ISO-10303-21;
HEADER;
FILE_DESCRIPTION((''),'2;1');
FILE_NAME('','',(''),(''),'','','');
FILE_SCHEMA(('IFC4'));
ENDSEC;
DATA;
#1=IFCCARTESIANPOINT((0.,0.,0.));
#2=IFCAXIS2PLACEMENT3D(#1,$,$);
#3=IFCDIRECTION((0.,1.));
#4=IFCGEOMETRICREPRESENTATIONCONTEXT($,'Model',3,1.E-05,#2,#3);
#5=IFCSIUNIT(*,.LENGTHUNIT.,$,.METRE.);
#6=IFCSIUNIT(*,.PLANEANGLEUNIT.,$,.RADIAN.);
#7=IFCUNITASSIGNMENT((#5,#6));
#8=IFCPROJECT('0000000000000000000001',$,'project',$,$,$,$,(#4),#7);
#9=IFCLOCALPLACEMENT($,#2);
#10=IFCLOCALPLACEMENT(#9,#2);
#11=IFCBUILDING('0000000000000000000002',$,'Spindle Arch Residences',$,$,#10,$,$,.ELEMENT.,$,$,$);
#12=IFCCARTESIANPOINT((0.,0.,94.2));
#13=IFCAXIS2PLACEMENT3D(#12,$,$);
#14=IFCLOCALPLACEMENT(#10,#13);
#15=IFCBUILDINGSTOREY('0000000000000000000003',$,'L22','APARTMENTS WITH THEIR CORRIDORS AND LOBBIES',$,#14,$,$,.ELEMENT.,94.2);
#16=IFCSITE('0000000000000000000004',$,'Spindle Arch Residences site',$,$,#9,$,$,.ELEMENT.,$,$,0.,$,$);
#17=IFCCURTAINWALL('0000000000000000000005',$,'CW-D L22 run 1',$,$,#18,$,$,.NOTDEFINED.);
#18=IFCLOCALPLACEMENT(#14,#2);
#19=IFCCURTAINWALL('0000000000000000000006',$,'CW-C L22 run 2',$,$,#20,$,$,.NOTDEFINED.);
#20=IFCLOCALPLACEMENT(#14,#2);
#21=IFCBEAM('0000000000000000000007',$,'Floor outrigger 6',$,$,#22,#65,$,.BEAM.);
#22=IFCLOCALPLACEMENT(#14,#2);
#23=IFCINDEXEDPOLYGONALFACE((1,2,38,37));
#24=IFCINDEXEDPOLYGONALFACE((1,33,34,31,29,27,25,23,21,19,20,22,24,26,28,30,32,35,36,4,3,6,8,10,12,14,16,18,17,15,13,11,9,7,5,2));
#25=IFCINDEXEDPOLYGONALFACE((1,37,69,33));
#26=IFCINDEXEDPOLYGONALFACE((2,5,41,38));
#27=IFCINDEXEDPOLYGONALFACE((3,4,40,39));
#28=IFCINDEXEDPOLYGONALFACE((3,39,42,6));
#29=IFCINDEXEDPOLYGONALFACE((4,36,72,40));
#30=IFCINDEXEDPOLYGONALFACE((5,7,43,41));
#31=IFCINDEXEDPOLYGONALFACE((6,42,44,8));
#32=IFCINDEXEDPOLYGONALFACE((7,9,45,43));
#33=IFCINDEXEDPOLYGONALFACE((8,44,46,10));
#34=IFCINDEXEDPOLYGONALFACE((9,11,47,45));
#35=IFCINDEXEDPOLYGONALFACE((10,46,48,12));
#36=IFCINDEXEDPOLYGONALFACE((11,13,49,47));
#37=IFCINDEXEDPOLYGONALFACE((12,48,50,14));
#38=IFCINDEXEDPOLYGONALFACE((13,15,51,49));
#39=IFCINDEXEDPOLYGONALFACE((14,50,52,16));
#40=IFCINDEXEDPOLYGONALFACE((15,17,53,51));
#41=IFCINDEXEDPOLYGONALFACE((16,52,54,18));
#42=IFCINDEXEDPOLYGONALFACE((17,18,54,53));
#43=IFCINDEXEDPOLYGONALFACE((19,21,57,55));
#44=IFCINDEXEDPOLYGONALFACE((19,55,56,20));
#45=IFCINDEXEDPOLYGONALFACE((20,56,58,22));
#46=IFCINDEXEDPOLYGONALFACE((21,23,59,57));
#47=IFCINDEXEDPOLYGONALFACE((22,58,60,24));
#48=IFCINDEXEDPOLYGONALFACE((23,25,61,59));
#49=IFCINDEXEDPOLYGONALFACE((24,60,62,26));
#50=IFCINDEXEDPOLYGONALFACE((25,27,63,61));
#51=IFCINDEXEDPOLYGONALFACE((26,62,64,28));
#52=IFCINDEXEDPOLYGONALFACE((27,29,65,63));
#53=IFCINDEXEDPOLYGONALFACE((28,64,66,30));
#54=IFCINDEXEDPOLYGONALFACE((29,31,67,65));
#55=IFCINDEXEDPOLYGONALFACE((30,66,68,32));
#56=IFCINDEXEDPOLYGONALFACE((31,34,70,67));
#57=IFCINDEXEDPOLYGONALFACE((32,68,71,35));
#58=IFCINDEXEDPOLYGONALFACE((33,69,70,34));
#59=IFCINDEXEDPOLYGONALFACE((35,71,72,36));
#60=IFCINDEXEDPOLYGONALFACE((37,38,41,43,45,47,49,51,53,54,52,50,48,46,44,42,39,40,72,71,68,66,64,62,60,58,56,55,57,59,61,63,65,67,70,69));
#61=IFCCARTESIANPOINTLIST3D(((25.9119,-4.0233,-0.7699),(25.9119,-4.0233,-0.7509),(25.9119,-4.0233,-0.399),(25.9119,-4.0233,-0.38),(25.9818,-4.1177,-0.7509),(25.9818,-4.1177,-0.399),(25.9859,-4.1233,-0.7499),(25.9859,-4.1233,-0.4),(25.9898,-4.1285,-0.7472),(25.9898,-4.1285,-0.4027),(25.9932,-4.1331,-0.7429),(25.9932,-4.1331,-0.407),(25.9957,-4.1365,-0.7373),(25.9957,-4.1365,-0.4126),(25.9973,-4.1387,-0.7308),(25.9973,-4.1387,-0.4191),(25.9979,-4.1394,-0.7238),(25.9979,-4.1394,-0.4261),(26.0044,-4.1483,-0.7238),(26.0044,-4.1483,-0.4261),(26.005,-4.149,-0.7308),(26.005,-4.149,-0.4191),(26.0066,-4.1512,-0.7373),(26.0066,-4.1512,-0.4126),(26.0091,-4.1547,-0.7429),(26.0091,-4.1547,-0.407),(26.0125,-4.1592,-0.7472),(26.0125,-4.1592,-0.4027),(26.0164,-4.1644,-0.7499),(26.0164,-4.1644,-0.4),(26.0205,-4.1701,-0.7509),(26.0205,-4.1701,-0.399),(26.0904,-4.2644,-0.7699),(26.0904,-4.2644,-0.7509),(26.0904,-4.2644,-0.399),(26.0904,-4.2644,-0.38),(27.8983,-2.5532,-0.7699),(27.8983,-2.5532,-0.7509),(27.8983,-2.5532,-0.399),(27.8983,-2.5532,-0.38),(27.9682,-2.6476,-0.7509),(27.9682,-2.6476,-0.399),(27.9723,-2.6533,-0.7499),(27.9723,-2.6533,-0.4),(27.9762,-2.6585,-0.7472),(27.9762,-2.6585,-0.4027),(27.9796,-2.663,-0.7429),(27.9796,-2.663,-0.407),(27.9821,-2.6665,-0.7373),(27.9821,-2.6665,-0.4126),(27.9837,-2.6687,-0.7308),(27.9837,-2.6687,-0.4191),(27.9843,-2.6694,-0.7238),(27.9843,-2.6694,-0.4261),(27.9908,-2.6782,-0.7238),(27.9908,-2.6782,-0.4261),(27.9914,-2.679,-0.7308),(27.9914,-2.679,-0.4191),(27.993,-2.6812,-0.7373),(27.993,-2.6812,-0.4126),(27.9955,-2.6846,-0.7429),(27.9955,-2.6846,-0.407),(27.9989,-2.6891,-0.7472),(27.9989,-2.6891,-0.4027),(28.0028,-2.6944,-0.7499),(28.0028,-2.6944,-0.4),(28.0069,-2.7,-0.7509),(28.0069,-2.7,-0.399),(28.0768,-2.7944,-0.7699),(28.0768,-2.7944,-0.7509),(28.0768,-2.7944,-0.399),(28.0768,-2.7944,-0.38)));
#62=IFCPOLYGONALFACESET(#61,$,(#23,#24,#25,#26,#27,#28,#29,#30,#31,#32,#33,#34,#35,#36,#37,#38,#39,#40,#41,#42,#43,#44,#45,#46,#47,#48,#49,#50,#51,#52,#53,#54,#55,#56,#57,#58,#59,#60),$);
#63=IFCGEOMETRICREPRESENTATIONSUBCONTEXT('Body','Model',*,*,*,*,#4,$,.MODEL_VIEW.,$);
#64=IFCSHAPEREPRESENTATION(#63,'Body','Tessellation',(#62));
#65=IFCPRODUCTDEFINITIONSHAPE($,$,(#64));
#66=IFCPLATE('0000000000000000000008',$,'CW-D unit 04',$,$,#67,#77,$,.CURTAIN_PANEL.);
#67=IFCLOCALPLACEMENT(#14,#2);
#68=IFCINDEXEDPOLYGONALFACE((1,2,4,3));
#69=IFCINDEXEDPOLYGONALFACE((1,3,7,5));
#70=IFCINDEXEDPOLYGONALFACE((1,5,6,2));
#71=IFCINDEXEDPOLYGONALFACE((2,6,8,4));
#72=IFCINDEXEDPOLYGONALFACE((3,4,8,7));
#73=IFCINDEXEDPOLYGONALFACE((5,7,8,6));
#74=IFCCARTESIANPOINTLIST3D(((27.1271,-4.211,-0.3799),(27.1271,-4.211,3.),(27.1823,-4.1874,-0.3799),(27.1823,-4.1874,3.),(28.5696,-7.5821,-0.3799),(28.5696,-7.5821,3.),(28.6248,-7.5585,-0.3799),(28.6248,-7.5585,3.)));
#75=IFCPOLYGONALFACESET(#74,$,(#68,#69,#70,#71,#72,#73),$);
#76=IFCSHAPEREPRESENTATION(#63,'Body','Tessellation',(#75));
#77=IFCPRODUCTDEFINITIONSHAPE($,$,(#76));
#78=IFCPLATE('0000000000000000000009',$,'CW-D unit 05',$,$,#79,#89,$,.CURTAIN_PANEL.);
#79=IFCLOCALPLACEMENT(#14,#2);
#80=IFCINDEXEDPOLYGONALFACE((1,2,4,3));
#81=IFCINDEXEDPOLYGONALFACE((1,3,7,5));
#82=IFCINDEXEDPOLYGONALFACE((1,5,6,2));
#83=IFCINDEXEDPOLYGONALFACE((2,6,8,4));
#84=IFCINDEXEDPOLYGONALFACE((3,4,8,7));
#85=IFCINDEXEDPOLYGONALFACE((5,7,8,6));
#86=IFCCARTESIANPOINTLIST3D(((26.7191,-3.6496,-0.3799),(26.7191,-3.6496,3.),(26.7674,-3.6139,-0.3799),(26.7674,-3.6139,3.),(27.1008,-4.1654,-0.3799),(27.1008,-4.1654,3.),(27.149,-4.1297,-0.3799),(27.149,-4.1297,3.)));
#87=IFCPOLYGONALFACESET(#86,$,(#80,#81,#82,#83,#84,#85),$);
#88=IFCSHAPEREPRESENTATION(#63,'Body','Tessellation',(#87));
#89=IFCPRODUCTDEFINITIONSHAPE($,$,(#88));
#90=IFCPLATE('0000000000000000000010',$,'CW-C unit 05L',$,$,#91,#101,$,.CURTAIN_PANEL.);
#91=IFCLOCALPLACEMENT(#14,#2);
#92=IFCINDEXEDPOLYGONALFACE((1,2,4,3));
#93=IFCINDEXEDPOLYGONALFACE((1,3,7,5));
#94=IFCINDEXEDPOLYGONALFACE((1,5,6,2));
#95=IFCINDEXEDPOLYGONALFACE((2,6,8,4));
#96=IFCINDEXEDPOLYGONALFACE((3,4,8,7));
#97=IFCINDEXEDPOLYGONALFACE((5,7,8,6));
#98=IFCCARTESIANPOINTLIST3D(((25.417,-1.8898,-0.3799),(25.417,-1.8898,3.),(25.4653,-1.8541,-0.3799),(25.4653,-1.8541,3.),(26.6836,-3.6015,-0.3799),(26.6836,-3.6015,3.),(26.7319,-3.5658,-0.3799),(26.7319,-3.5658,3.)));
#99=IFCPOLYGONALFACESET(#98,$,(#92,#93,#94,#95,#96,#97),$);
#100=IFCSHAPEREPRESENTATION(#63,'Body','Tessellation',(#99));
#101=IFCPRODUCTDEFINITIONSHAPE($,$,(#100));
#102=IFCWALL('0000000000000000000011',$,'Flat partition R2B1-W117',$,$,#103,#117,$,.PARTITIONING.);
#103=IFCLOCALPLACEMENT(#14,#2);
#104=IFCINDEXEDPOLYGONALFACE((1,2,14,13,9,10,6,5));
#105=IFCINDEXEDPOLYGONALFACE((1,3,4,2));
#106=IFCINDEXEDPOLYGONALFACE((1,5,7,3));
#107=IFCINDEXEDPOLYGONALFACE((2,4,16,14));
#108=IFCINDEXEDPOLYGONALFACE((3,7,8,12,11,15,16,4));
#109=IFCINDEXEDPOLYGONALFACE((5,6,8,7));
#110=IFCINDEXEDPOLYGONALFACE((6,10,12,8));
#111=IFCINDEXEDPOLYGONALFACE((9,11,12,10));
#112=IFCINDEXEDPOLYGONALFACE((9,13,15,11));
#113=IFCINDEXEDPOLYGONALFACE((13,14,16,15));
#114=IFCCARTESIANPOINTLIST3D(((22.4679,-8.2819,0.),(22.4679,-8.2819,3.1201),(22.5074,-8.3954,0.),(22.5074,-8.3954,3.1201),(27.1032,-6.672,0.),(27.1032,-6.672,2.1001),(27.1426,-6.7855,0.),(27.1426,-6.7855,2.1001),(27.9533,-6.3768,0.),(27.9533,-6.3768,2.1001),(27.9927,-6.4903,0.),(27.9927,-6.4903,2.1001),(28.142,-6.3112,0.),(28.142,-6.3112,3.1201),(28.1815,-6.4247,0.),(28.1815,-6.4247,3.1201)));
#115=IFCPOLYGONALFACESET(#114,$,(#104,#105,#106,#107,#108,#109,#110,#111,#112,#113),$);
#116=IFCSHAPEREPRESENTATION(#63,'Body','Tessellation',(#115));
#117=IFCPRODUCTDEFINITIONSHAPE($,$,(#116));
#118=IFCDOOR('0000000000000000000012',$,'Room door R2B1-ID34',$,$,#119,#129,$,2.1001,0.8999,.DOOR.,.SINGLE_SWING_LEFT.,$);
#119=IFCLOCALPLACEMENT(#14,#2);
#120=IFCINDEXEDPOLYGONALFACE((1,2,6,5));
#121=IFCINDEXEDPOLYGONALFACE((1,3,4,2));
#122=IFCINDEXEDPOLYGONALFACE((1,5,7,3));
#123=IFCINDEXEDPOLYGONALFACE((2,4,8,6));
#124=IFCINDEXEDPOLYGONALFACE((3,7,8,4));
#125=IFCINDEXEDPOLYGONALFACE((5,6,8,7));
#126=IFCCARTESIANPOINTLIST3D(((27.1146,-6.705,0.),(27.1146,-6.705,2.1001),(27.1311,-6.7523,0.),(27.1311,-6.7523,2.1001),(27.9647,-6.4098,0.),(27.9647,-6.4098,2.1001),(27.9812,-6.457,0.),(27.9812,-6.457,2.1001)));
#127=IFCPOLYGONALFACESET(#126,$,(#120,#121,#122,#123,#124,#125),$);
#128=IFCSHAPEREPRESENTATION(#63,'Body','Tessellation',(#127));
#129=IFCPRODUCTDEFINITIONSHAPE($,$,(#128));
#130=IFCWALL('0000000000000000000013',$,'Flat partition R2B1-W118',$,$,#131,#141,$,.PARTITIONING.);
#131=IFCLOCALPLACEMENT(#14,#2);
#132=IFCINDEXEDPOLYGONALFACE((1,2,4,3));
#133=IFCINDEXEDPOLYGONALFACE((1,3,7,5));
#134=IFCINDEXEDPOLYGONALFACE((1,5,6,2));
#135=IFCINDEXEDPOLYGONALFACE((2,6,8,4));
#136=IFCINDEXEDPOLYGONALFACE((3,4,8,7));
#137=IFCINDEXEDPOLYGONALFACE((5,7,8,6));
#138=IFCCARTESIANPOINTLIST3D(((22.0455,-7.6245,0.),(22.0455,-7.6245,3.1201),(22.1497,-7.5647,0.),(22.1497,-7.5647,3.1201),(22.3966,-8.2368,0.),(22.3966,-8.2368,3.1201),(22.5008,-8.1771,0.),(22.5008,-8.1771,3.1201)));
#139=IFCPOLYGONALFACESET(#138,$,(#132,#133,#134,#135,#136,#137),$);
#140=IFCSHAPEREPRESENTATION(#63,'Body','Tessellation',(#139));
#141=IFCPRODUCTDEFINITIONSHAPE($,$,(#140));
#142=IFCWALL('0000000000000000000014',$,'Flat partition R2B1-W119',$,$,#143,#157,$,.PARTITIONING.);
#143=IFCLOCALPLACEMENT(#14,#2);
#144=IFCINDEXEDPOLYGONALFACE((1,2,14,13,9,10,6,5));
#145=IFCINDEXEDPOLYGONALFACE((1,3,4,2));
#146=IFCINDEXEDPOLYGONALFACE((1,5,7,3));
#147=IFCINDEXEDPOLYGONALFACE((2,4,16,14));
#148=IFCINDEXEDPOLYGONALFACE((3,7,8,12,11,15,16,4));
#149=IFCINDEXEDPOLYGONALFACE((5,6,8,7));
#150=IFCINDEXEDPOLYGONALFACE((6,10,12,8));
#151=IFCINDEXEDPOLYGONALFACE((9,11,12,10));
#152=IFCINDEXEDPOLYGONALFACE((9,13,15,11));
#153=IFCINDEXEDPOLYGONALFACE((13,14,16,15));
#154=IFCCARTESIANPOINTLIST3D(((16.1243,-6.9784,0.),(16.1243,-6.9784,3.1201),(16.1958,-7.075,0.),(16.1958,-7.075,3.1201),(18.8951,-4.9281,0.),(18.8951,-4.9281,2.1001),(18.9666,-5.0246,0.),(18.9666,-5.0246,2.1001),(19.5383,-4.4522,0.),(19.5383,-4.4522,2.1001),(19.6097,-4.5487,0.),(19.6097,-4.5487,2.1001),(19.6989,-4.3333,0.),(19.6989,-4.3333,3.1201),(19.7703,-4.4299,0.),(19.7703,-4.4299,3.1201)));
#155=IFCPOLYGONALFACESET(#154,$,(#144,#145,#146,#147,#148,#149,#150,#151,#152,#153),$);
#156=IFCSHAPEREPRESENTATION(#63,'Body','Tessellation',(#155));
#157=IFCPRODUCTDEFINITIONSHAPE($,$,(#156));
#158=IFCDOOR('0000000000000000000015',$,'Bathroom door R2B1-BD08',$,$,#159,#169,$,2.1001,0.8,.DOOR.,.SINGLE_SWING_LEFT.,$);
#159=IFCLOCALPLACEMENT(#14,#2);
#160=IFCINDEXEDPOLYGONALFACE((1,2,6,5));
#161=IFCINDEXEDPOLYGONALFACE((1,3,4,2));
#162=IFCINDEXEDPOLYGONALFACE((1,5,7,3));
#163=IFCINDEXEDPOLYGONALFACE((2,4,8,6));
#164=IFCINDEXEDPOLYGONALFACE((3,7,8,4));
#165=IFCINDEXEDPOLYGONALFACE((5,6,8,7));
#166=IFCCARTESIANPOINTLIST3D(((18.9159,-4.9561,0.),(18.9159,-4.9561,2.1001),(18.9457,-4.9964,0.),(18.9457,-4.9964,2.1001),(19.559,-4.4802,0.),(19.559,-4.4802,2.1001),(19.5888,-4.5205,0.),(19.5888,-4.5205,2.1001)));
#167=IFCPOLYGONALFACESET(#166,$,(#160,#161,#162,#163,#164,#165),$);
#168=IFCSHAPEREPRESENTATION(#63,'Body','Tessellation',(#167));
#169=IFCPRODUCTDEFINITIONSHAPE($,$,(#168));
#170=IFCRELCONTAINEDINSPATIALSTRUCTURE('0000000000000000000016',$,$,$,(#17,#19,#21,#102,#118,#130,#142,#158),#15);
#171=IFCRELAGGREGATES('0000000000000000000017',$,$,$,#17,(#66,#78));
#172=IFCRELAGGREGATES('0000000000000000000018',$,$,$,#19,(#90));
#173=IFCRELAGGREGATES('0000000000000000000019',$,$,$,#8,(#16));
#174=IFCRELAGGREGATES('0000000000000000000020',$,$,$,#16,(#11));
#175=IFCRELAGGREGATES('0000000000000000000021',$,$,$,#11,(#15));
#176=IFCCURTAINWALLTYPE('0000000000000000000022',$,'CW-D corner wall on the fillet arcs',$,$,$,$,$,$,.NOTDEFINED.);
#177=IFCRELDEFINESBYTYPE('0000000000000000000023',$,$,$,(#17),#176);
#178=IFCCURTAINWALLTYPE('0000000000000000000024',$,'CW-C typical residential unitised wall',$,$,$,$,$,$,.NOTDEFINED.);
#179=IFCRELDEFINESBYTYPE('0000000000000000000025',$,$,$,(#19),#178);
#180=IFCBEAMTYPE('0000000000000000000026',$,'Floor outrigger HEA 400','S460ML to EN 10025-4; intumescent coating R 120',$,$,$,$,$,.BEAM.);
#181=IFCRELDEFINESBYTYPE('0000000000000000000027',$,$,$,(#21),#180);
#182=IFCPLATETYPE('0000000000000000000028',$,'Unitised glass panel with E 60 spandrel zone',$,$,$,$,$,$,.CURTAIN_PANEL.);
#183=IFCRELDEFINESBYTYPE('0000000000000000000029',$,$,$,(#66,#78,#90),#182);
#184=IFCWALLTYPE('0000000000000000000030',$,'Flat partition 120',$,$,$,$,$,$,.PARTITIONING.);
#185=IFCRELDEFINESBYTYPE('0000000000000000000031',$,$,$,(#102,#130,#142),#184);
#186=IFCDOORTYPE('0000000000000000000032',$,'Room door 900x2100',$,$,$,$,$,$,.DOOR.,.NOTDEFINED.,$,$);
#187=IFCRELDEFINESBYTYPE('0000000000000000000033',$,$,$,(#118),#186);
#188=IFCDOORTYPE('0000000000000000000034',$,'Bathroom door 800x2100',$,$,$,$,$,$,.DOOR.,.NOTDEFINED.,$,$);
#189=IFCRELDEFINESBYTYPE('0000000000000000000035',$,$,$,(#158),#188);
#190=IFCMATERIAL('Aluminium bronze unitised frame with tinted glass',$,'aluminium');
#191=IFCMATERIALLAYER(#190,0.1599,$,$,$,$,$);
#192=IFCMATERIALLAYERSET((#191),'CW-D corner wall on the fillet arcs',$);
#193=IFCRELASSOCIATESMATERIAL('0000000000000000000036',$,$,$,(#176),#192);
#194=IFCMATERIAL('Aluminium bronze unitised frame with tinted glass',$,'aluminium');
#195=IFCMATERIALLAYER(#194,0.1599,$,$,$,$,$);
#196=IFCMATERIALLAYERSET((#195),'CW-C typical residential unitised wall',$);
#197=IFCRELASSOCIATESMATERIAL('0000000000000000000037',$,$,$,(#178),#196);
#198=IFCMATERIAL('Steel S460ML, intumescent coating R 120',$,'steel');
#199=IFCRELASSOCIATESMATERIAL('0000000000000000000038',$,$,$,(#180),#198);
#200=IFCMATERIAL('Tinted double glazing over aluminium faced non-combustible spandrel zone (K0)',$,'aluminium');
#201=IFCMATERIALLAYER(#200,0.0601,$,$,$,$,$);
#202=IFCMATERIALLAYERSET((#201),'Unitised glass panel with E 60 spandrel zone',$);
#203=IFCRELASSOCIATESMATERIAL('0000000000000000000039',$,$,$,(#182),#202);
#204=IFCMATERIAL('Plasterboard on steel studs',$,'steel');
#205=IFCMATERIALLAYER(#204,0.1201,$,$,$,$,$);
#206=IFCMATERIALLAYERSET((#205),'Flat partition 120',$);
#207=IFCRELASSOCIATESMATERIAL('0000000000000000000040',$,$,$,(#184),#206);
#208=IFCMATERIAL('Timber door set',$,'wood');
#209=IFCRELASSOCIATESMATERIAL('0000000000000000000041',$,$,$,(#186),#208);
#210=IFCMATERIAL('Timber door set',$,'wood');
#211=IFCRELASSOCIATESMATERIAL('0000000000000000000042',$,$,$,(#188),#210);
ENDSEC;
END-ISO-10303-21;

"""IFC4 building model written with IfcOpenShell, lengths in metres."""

from ifc_helpers import new_model, si_unit, direction, frame, frame_2d, origin, origin_2d, place, context, subcontext, project, spatial, rectangle, i_section, extrude, material, layer, layer_set, material_profile, profile_set, type_object, element, fill, aggregate, save


model = new_model("IFC4")

# Units and contexts
model_context = context("Model", 3, precision=1e-05, world=origin(), true_north=direction((0.0, 1.0)))
body_context = subcontext(model_context, "Body", "Model", "MODEL_VIEW")
ifc_project = project(units=[si_unit("LENGTHUNIT", "METRE"), si_unit("PLANEANGLEUNIT", "RADIAN")], contexts=[model_context])

# Site, building, storey
site_placement = place(None, origin())
site = spatial("IfcSite", under=ifc_project, at=site_placement, Name="Spindle Arch Residences site", CompositionType="ELEMENT", RefElevation=0.0)
building_placement = place(site_placement, origin())
building = spatial("IfcBuilding", under=site, at=building_placement, Name="Spindle Arch Residences", CompositionType="ELEMENT")
storey_placement = place(building_placement, frame((0.0, 0.0, 94.2)))
storey = spatial("IfcBuildingStorey", under=building, at=storey_placement, Name="L22", Description="APARTMENTS WITH THEIR CORRIDORS AND LOBBIES", CompositionType="ELEMENT", Elevation=94.2)

# Curtain wall
ifc_material_1 = material(Name="Aluminium bronze unitised frame with tinted glass", Category="aluminium")
ifc_layer_1 = layer(ifc_material_1, 0.1599)
ifc_layer_set_1 = layer_set([ifc_layer_1], Name="CW-D corner wall on the fillet arcs")
curtain_wall_type_1 = type_object("IfcCurtainWallType", Name="CW-D corner wall on the fillet arcs", PredefinedType="NOTDEFINED", material=ifc_layer_set_1)
curtain_wall_1_placement = place(storey_placement, origin())
curtain_wall_1 = element("IfcCurtainWall", 1, at=curtain_wall_1_placement, inside=storey, type_object=curtain_wall_type_1, Name="CW-D L22 run 1", PredefinedType="NOTDEFINED")

# Curtain wall
ifc_material_2 = material(Name="Aluminium bronze unitised frame with tinted glass", Category="aluminium")
ifc_layer_2 = layer(ifc_material_2, 0.1599)
ifc_layer_set_2 = layer_set([ifc_layer_2], Name="CW-C typical residential unitised wall")
curtain_wall_type_2 = type_object("IfcCurtainWallType", Name="CW-C typical residential unitised wall", PredefinedType="NOTDEFINED", material=ifc_layer_set_2)
curtain_wall_2_placement = place(storey_placement, origin())
curtain_wall_2 = element("IfcCurtainWall", 2, at=curtain_wall_2_placement, inside=storey, type_object=curtain_wall_type_2, Name="CW-C L22 run 2", PredefinedType="NOTDEFINED")

# Beam
ifc_material_3 = material(Name="Steel S460ML, intumescent coating R 120", Category="steel")
ifc_material_profile_1 = material_profile(ifc_material_3, i_section(OverallWidth=0.3, OverallDepth=0.3899, WebThickness=0.011, FlangeThickness=0.019, FilletRadius=0.0271, at=origin_2d()), Name="HEA 400")
ifc_profile_set_1 = profile_set([ifc_material_profile_1], Name="Steel S460ML, intumescent coating R 120")
beam_type_1 = type_object("IfcBeamType", Name="Floor outrigger HEA 400", Description="S460ML to EN 10025-4; intumescent coating R 120", PredefinedType="BEAM", material=ifc_profile_set_1)
beam_1_placement = place(storey_placement, frame((27.9875, -2.6738, -0.575), z_axis=(-0.803825, -0.594866, 0.0), x_axis=(0.594866, -0.803825, 0.0)))
element("IfcBeam", 3, at=beam_1_placement, inside=storey, type_object=beam_type_1, Name="Floor outrigger 6", PredefinedType="BEAM", context=body_context, shape_type="SweptSolid", body=[
    extrude(i_section(OverallWidth=0.3, OverallDepth=0.3899, WebThickness=0.011, FlangeThickness=0.019, FilletRadius=0.0271, at=origin_2d()), origin(), (0.0, 0.0, 1.0), 2.4712),
])

# Plates
ifc_material_4 = material(Name="Tinted double glazing over aluminium faced non-combustible spandrel zone (K0)", Category="aluminium")
ifc_layer_3 = layer(ifc_material_4, 0.0601)
ifc_layer_set_3 = layer_set([ifc_layer_3], Name="Unitised glass panel with E 60 spandrel zone")
plate_type = type_object("IfcPlateType", Name="Unitised glass panel with E 60 spandrel zone", PredefinedType="CURTAIN_PANEL", material=ifc_layer_set_3)
plate_1_placement = place(storey_placement, frame((27.876, -5.8848, -0.3799), z_axis=(0.0, 0.0, 1.0), x_axis=(-0.393407, 0.919364, 0.0)))
plate_1 = element("IfcPlate", 4, at=plate_1_placement, type_object=plate_type, Name="CW-D unit 04", PredefinedType="CURTAIN_PANEL", context=body_context, shape_type="SweptSolid", body=[
    extrude(rectangle(XDim=3.6667, YDim=0.0601, at=origin_2d()), origin(), (0.0, 0.0, 1.0), 3.3799),
])
plate_2_placement = place(storey_placement, frame((26.9341, -3.8896, -0.3799), z_axis=(0.0, 0.0, 1.0), x_axis=(-0.594823, 0.803857, 0.0)))
plate_2 = element("IfcPlate", 5, at=plate_2_placement, type_object=plate_type, Name="CW-D unit 05", PredefinedType="CURTAIN_PANEL", context=body_context, shape_type="SweptSolid", body=[
    extrude(rectangle(XDim=0.6416, YDim=0.0601, at=origin_2d()), origin(), (0.0, 0.0, 1.0), 3.3799),
])
aggregate(curtain_wall_1, [plate_1, plate_2])
plate_3_placement = place(storey_placement, frame((26.0745, -2.7278, -0.3799), z_axis=(0.0, 0.0, 1.0), x_axis=(-0.594823, 0.803857, 0.0)))
plate_3 = element("IfcPlate", 6, at=plate_3_placement, type_object=plate_type, Name="CW-C unit 05L", PredefinedType="CURTAIN_PANEL", context=body_context, shape_type="SweptSolid", body=[
    extrude(rectangle(XDim=2.1294, YDim=0.0601, at=origin_2d()), origin(), (0.0, 0.0, 1.0), 3.3799),
])
aggregate(curtain_wall_2, [plate_3])

# Wall, opening, door
ifc_material_5 = material(Name="Plasterboard on steel studs", Category="steel")
ifc_layer_4 = layer(ifc_material_5, 0.1201)
ifc_layer_set_4 = layer_set([ifc_layer_4], Name="Flat partition 120")
wall_type_1 = type_object("IfcWallType", Name="Flat partition 120", PredefinedType="PARTITIONING", material=ifc_layer_set_4)
wall_1_placement = place(storey_placement, frame((28.1619, -6.3679, 0.0), z_axis=(0.0, 0.0, 1.0), x_axis=(-0.944646, -0.328092, 0.0)))
wall_1 = element("IfcWall", 7, at=wall_1_placement, inside=storey, type_object=wall_type_1, Name="Flat partition R2B1-W117", PredefinedType="PARTITIONING", context=body_context, shape_type="SweptSolid", body=[
    extrude(rectangle(XDim=6.0066, YDim=0.1201, at=frame_2d((3.0034, 0.0))), origin(), (0.0, 0.0, 1.0), 3.1201),
])
opening_1_placement = place(wall_1_placement, frame((0.2, 0.0, 0.0)))
opening_1 = element("IfcOpeningElement", 8, at=opening_1_placement, cuts=wall_1, PredefinedType="OPENING", context=body_context, shape_type="SweptSolid", body=[
    extrude(rectangle(XDim=0.8999, YDim=2.1001, at=frame_2d((0.45, 1.05))), frame((0.0, 0.0701, 0.0), z_axis=(0.0, -1.0, 0.0), x_axis=(1.0, 0.0, 0.0)), (0.0, 0.0, 1.0), 0.1401),
])
ifc_material_6 = material(Name="Timber door set", Category="wood")
door_type_1 = type_object("IfcDoorType", Name="Room door 900x2100", OperationType="NOTDEFINED", PredefinedType="DOOR", material=ifc_material_6)
door_1_placement = place(opening_1_placement, origin())
door_1 = element("IfcDoor", 9, at=door_1_placement, inside=storey, type_object=door_type_1, Name="Room door R2B1-ID34", OperationType="SINGLE_SWING_LEFT", OverallHeight=2.1001, OverallWidth=0.8999, PredefinedType="DOOR", context=body_context, shape_type="SweptSolid", body=[
    extrude(rectangle(XDim=0.8999, YDim=2.1001, at=frame_2d((0.45, 1.05))), frame((0.0, 0.0249, 0.0), z_axis=(0.0, -1.0, 0.0), x_axis=(1.0, 0.0, 0.0)), (0.0, 0.0, 1.0), 0.05),
])
fill(opening_1, door_1)

# Wall
wall_2_placement = place(storey_placement, frame((22.4487, -8.207, 0.0), z_axis=(0.0, 0.0, 1.0), x_axis=(-0.497405, 0.867518, 0.0)))
element("IfcWall", 10, at=wall_2_placement, inside=storey, type_object=wall_type_1, Name="Flat partition R2B1-W118", PredefinedType="PARTITIONING", context=body_context, shape_type="SweptSolid", body=[
    extrude(rectangle(XDim=0.7058, YDim=0.1201, at=frame_2d((0.353, 0.0))), origin(), (0.0, 0.0, 1.0), 3.1201),
])

# Wall, opening, door
wall_3_placement = place(storey_placement, frame((19.7346, -4.3816, 0.0), z_axis=(0.0, 0.0, 1.0), x_axis=(-0.803851, -0.594831, 0.0)))
wall_3 = element("IfcWall", 11, at=wall_3_placement, inside=storey, type_object=wall_type_1, Name="Flat partition R2B1-W119", PredefinedType="PARTITIONING", context=body_context, shape_type="SweptSolid", body=[
    extrude(rectangle(XDim=4.4468, YDim=0.1201, at=frame_2d((2.2234, 0.0))), origin(), (0.0, 0.0, 1.0), 3.1201),
])
opening_2_placement = place(wall_3_placement, frame((0.2, 0.0, 0.0)))
opening_2 = element("IfcOpeningElement", 12, at=opening_2_placement, cuts=wall_3, PredefinedType="OPENING", context=body_context, shape_type="SweptSolid", body=[
    extrude(rectangle(XDim=0.8, YDim=2.1001, at=frame_2d((0.3999, 1.05))), frame((0.0, 0.0701, 0.0), z_axis=(0.0, -1.0, 0.0), x_axis=(1.0, 0.0, 0.0)), (0.0, 0.0, 1.0), 0.1401),
])
ifc_material_7 = material(Name="Timber door set", Category="wood")
door_type_2 = type_object("IfcDoorType", Name="Bathroom door 800x2100", OperationType="NOTDEFINED", PredefinedType="DOOR", material=ifc_material_7)
door_2_placement = place(opening_2_placement, origin())
door_2 = element("IfcDoor", 13, at=door_2_placement, inside=storey, type_object=door_type_2, Name="Bathroom door R2B1-BD08", OperationType="SINGLE_SWING_LEFT", OverallHeight=2.1001, OverallWidth=0.8, PredefinedType="DOOR", context=body_context, shape_type="SweptSolid", body=[
    extrude(rectangle(XDim=0.8, YDim=2.1001, at=frame_2d((0.3999, 1.05))), frame((0.0, 0.0249, 0.0), z_axis=(0.0, -1.0, 0.0), x_axis=(1.0, 0.0, 0.0)), (0.0, 0.0, 1.0), 0.05),
])
fill(opening_2, door_2)

save(model, "model.ifc")
